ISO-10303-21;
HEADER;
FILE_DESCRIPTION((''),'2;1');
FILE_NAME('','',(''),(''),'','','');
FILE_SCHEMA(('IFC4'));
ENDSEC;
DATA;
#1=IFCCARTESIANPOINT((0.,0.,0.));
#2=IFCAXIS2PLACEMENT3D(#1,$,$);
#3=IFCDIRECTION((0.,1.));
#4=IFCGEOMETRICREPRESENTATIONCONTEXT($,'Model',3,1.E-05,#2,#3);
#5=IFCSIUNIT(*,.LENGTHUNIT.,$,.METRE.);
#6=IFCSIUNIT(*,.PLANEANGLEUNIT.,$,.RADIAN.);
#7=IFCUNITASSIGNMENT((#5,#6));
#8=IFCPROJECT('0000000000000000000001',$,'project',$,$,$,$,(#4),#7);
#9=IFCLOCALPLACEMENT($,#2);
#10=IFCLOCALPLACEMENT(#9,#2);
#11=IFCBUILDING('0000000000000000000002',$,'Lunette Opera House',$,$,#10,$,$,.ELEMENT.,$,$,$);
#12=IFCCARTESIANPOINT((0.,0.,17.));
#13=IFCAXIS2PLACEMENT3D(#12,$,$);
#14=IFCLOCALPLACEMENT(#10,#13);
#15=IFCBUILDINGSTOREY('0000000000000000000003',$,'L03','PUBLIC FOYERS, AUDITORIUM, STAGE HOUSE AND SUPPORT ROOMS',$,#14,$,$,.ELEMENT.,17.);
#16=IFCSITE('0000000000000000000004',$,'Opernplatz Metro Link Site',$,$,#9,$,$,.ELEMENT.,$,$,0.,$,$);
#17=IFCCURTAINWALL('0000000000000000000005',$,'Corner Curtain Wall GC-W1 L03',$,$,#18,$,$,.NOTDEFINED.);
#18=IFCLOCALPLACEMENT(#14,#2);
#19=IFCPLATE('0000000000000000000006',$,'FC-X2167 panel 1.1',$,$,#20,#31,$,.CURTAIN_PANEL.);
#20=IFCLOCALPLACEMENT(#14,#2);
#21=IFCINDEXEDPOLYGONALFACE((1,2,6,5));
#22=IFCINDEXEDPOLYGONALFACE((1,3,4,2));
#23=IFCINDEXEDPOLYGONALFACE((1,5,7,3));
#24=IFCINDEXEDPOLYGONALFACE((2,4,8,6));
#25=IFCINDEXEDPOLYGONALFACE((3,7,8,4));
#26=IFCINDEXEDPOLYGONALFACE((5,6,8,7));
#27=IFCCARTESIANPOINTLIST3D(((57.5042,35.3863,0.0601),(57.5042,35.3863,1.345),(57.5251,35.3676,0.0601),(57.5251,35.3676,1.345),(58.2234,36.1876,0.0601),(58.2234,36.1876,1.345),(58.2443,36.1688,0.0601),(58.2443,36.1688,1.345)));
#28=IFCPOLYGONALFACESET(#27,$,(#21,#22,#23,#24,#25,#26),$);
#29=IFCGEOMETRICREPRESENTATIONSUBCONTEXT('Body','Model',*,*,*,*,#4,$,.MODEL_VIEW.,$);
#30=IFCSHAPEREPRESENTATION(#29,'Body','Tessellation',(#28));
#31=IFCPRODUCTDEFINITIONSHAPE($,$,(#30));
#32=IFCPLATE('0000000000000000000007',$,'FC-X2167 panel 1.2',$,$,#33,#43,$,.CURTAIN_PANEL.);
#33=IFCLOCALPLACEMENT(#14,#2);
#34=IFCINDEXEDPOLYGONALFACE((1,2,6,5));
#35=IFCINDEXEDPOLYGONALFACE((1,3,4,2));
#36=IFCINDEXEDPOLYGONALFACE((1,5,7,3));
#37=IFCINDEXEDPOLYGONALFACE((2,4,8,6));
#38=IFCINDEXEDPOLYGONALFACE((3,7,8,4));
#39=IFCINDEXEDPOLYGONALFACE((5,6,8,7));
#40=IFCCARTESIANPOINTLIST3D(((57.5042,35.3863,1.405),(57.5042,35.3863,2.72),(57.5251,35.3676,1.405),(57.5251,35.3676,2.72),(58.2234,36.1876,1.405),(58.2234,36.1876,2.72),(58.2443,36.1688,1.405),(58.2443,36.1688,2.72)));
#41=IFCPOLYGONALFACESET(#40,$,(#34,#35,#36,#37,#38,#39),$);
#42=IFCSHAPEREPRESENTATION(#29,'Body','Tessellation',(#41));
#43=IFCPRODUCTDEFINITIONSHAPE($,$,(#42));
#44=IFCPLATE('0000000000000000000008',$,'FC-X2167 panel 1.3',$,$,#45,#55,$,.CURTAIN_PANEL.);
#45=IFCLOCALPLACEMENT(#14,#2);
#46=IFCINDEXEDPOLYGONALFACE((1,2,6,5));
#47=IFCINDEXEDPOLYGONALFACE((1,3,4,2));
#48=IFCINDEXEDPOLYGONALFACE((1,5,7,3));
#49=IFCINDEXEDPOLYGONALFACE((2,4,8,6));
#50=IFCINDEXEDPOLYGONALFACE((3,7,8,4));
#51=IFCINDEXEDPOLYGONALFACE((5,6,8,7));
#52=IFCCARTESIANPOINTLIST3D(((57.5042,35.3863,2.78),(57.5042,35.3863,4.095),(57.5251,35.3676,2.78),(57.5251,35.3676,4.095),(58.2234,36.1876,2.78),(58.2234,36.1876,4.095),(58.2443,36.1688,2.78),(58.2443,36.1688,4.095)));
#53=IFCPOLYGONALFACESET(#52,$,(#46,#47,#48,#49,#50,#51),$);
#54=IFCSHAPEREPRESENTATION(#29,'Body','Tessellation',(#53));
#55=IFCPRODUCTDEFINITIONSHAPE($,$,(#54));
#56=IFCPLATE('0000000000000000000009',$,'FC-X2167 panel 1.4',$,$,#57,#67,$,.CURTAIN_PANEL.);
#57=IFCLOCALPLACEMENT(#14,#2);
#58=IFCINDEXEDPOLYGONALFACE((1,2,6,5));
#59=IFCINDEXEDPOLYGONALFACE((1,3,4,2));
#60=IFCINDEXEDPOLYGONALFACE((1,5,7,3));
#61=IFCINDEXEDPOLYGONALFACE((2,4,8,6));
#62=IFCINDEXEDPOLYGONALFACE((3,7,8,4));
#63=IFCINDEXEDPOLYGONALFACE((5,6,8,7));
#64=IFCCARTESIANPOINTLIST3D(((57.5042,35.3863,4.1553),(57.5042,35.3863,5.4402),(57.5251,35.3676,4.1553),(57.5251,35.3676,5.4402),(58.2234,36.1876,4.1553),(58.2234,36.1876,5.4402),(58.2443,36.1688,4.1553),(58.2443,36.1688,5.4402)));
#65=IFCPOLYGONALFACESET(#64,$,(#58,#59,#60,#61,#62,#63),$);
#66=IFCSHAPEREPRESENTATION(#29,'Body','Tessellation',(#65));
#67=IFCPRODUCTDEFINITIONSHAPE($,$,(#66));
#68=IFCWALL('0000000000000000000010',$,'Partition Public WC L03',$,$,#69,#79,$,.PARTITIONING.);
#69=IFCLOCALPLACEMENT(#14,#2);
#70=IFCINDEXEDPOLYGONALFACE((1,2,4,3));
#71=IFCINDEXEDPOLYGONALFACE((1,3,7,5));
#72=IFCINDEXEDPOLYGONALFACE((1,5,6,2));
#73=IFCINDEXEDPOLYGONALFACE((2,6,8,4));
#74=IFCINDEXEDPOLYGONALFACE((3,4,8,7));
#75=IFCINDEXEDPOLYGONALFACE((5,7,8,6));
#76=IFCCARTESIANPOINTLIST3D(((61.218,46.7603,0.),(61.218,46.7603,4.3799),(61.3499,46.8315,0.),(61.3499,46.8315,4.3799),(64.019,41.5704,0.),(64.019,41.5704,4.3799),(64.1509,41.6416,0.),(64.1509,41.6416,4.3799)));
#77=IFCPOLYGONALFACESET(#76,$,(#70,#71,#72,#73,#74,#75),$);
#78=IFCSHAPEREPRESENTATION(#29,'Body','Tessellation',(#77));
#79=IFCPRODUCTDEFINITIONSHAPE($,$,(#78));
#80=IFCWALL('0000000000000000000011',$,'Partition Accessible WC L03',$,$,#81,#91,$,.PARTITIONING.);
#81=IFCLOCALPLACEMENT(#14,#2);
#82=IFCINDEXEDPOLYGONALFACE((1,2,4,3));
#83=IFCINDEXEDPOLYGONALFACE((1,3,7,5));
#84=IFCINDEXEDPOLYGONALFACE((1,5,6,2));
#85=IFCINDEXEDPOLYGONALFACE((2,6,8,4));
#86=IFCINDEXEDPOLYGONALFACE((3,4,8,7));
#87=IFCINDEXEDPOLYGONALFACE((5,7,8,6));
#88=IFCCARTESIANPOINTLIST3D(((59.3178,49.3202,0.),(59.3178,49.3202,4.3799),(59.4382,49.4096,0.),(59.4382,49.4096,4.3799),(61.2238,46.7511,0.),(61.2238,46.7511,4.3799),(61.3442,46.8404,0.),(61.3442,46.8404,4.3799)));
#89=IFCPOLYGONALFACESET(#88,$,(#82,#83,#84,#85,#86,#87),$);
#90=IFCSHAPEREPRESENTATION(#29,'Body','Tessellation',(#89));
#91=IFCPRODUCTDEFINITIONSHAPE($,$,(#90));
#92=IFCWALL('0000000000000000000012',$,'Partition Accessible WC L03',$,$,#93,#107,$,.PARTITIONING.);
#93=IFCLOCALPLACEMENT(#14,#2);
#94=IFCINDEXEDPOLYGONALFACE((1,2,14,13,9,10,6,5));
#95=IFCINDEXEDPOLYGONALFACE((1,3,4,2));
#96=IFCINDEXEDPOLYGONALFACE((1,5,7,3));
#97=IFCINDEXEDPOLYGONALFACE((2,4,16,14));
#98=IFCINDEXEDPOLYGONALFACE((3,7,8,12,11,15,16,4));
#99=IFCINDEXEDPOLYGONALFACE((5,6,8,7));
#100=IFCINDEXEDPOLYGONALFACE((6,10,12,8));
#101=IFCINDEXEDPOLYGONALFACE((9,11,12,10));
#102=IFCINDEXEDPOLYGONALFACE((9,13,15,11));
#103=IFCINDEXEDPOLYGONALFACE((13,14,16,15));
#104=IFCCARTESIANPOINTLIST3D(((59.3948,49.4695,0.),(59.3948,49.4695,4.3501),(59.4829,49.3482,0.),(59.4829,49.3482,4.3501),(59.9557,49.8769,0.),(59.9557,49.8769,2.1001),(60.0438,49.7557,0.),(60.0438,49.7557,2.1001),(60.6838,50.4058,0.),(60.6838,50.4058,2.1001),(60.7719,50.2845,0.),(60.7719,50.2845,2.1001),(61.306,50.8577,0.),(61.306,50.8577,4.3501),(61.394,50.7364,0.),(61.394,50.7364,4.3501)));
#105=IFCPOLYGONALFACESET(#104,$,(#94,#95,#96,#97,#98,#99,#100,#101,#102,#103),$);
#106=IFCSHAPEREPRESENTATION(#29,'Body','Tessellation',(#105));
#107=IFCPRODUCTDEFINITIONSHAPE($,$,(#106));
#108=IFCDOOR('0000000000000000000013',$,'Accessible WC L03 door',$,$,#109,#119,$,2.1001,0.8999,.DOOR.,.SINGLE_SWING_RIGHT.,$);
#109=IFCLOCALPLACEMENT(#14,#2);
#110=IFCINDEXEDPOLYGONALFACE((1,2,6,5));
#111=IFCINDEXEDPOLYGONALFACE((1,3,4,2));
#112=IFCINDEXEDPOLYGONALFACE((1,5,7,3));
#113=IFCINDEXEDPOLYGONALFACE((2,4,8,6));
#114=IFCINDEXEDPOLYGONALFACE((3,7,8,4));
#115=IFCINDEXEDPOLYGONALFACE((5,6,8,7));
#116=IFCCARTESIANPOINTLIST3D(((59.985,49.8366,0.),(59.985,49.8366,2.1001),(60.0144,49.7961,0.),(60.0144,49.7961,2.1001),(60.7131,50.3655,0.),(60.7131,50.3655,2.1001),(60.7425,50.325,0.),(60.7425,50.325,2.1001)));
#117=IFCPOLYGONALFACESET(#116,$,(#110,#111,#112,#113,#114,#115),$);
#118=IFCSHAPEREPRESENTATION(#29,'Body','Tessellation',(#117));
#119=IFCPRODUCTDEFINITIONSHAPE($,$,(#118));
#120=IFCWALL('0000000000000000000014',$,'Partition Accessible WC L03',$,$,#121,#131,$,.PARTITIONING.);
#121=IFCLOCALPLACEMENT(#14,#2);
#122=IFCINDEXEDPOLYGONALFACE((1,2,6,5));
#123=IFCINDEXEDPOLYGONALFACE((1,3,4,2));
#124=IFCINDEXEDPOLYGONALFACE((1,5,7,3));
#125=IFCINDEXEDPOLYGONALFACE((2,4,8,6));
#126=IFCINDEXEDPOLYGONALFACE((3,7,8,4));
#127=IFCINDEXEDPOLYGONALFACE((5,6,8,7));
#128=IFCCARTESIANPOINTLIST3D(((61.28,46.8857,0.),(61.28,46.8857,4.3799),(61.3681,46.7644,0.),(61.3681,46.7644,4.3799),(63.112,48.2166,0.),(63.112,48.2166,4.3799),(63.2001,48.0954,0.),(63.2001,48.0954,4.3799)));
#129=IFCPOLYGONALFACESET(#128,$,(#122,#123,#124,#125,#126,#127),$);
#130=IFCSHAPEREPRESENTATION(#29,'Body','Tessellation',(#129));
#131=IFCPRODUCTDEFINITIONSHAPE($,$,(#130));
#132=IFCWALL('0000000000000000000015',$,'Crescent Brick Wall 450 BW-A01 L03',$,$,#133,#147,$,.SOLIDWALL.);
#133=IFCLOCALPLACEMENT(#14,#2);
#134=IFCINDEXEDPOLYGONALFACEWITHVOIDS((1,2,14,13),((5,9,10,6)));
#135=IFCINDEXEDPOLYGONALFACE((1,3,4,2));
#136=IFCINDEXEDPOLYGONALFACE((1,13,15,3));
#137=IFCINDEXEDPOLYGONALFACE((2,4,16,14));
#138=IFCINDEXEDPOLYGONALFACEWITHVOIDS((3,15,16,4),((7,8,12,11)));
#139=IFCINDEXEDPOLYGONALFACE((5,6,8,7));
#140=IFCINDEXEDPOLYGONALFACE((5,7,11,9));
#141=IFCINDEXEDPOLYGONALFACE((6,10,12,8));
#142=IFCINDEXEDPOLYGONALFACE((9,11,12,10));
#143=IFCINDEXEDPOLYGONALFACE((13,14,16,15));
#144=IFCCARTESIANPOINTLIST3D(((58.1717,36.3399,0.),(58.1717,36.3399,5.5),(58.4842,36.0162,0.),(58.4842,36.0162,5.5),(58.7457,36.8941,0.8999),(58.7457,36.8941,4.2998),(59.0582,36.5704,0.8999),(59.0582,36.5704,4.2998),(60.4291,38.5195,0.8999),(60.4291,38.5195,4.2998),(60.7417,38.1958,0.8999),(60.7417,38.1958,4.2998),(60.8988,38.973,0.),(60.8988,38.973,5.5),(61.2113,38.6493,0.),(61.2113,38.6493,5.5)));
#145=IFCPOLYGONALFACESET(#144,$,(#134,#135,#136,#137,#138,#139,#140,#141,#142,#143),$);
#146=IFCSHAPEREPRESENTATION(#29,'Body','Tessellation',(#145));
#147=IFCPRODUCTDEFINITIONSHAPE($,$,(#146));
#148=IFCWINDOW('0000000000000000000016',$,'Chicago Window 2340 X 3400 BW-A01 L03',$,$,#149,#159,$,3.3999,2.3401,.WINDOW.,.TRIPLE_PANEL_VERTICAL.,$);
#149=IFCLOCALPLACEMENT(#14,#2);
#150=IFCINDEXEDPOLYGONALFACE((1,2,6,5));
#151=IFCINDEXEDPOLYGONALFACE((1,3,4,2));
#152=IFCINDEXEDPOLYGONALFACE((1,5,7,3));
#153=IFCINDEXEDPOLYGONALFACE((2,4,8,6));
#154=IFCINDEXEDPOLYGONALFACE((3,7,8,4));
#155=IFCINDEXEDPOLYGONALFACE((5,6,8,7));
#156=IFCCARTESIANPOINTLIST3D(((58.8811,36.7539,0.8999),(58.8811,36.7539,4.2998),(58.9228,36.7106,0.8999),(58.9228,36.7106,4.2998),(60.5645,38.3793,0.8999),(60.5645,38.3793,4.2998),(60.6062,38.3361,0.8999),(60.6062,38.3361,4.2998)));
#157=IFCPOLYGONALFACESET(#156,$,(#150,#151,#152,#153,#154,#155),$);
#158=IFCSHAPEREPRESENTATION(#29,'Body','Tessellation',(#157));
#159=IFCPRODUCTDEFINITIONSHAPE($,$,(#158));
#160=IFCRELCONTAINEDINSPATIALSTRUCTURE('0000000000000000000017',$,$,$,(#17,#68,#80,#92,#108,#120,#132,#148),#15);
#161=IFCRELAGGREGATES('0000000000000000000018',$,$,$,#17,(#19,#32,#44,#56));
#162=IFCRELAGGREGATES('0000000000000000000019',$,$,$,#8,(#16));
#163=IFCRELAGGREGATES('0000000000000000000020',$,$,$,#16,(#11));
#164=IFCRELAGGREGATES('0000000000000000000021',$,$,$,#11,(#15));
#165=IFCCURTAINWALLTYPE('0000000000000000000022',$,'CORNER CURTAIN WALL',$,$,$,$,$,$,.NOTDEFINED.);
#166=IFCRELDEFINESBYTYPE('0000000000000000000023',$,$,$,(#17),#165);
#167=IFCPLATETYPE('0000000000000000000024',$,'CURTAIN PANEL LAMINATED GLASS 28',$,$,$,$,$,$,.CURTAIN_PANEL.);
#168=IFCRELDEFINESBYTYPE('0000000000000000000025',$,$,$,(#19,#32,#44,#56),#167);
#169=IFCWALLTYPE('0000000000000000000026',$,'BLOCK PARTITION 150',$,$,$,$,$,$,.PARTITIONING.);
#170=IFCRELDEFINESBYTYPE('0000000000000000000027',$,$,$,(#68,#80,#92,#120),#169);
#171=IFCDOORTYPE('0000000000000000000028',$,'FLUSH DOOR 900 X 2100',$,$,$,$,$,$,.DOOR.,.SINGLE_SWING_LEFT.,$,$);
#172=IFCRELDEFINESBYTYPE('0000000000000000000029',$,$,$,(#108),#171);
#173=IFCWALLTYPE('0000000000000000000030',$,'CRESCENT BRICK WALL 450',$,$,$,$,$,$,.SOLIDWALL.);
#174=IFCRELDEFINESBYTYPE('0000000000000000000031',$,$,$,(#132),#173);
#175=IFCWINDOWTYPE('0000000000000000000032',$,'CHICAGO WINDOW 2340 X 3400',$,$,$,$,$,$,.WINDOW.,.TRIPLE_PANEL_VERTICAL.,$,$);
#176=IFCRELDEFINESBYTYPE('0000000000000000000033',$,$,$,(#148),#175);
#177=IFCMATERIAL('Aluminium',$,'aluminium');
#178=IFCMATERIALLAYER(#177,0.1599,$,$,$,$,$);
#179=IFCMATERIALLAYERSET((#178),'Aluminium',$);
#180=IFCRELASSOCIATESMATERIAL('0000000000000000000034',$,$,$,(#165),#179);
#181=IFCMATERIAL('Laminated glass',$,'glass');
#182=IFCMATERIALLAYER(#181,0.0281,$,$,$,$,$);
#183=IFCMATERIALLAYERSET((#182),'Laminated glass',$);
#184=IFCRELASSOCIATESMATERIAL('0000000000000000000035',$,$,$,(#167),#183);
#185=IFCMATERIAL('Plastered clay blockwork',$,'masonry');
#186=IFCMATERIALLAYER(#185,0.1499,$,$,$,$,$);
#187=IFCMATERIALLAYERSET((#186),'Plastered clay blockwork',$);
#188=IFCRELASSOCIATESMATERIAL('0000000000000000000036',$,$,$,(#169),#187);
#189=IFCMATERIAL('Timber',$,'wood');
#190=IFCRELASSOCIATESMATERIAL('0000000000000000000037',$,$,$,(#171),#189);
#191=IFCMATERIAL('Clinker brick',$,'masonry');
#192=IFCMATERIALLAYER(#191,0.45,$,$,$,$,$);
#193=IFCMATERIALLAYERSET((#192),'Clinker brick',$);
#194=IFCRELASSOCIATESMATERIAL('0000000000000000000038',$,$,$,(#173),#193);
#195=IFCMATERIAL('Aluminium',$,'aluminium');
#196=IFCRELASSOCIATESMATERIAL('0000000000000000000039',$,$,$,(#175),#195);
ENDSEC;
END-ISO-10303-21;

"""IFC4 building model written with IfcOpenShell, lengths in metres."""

from ifc_helpers import new_model, si_unit, direction, frame, frame_2d, origin, origin_2d, place, context, subcontext, project, spatial, rectangle, extrude, material, layer, layer_set, type_object, element, fill, aggregate, save


model = new_model("IFC4")

# Units and contexts
model_context = context("Model", 3, precision=1e-05, world=origin(), true_north=direction((0.0, 1.0)))
body_context = subcontext(model_context, "Body", "Model", "MODEL_VIEW")
ifc_project = project(units=[si_unit("LENGTHUNIT", "METRE"), si_unit("PLANEANGLEUNIT", "RADIAN")], contexts=[model_context])

# Site, building, storey
site_placement = place(None, origin())
site = spatial("IfcSite", under=ifc_project, at=site_placement, Name="Opernplatz Metro Link Site", CompositionType="ELEMENT", RefElevation=0.0)
building_placement = place(site_placement, origin())
building = spatial("IfcBuilding", under=site, at=building_placement, Name="Lunette Opera House", CompositionType="ELEMENT")
storey_placement = place(building_placement, frame((0.0, 0.0, 17.0)))
storey = spatial("IfcBuildingStorey", under=building, at=storey_placement, Name="L03", Description="PUBLIC FOYERS, AUDITORIUM, STAGE HOUSE AND SUPPORT ROOMS", CompositionType="ELEMENT", Elevation=17.0)

# Curtain wall
ifc_material_1 = material(Name="Aluminium", Category="aluminium")
ifc_layer_1 = layer(ifc_material_1, 0.1599)
ifc_layer_set_1 = layer_set([ifc_layer_1], Name="Aluminium")
curtain_wall_type = type_object("IfcCurtainWallType", Name="CORNER CURTAIN WALL", PredefinedType="NOTDEFINED", material=ifc_layer_set_1)
curtain_wall_placement = place(storey_placement, origin())
curtain_wall = element("IfcCurtainWall", 1, at=curtain_wall_placement, inside=storey, type_object=curtain_wall_type, Name="Corner Curtain Wall GC-W1 L03", PredefinedType="NOTDEFINED")

# Plates
ifc_material_2 = material(Name="Laminated glass", Category="glass")
ifc_layer_2 = layer(ifc_material_2, 0.0281)
ifc_layer_set_2 = layer_set([ifc_layer_2], Name="Laminated glass")
plate_type = type_object("IfcPlateType", Name="CURTAIN PANEL LAMINATED GLASS 28", PredefinedType="CURTAIN_PANEL", material=ifc_layer_set_2)
plate_1_placement = place(storey_placement, frame((57.8743, 35.7776, 0.0601), z_axis=(0.0, 0.0, 1.0), x_axis=(-0.667938, -0.744217, 0.0)))
plate_1 = element("IfcPlate", 2, at=plate_1_placement, type_object=plate_type, Name="FC-X2167 panel 1.1", PredefinedType="CURTAIN_PANEL", context=body_context, shape_type="SweptSolid", body=[
    extrude(rectangle(XDim=1.0767, YDim=0.0281, at=origin_2d()), origin(), (0.0, 0.0, 1.0), 1.2849),
])
plate_2_placement = place(storey_placement, frame((57.8743, 35.7776, 1.405), z_axis=(0.0, 0.0, 1.0), x_axis=(-0.667938, -0.744217, 0.0)))
plate_2 = element("IfcPlate", 3, at=plate_2_placement, type_object=plate_type, Name="FC-X2167 panel 1.2", PredefinedType="CURTAIN_PANEL", context=body_context, shape_type="SweptSolid", body=[
    extrude(rectangle(XDim=1.0767, YDim=0.0281, at=origin_2d()), origin(), (0.0, 0.0, 1.0), 1.3149),
])
plate_3_placement = place(storey_placement, frame((57.8743, 35.7776, 2.78), z_axis=(0.0, 0.0, 1.0), x_axis=(-0.667938, -0.744217, 0.0)))
plate_3 = element("IfcPlate", 4, at=plate_3_placement, type_object=plate_type, Name="FC-X2167 panel 1.3", PredefinedType="CURTAIN_PANEL", context=body_context, shape_type="SweptSolid", body=[
    extrude(rectangle(XDim=1.0767, YDim=0.0281, at=origin_2d()), origin(), (0.0, 0.0, 1.0), 1.3149),
])
plate_4_placement = place(storey_placement, frame((57.8743, 35.7776, 4.1553), z_axis=(0.0, 0.0, 1.0), x_axis=(-0.667938, -0.744217, 0.0)))
plate_4 = element("IfcPlate", 5, at=plate_4_placement, type_object=plate_type, Name="FC-X2167 panel 1.4", PredefinedType="CURTAIN_PANEL", context=body_context, shape_type="SweptSolid", body=[
    extrude(rectangle(XDim=1.0767, YDim=0.0281, at=origin_2d()), origin(), (0.0, 0.0, 1.0), 1.2849),
])
aggregate(curtain_wall, [plate_1, plate_2, plate_3, plate_4])

# Walls
ifc_material_3 = material(Name="Plastered clay blockwork", Category="masonry")
ifc_layer_3 = layer(ifc_material_3, 0.1499)
ifc_layer_set_3 = layer_set([ifc_layer_3], Name="Plastered clay blockwork")
wall_type_1 = type_object("IfcWallType", Name="BLOCK PARTITION 150", PredefinedType="PARTITIONING", material=ifc_layer_set_3)
wall_1_placement = place(storey_placement, frame((61.2839, 46.7959, 0.0), z_axis=(0.0, 0.0, 1.0), x_axis=(0.474946, -0.880015, 0.0)))
element("IfcWall", 6, at=wall_1_placement, inside=storey, type_object=wall_type_1, Name="Partition Public WC L03", PredefinedType="PARTITIONING", context=body_context, shape_type="SweptSolid", body=[
    extrude(rectangle(XDim=5.8975, YDim=0.1499, at=frame_2d((2.9487, 0.0))), origin(), (0.0, 0.0, 1.0), 4.3799),
])
wall_2_placement = place(storey_placement, frame((59.3779, 49.365, 0.0), z_axis=(0.0, 0.0, 1.0), x_axis=(0.595828, -0.803112, 0.0)))
element("IfcWall", 7, at=wall_2_placement, inside=storey, type_object=wall_type_1, Name="Partition Accessible WC L03", PredefinedType="PARTITIONING", context=body_context, shape_type="SweptSolid", body=[
    extrude(rectangle(XDim=3.199, YDim=0.1499, at=frame_2d((1.5996, 0.0))), origin(), (0.0, 0.0, 1.0), 4.3799),
])

# Wall, opening, door
wall_3_placement = place(storey_placement, frame((61.3501, 50.7971, 0.0), z_axis=(0.0, 0.0, 1.0), x_axis=(-0.809085, -0.587692, 0.0)))
wall_3 = element("IfcWall", 8, at=wall_3_placement, inside=storey, type_object=wall_type_1, Name="Partition Accessible WC L03", PredefinedType="PARTITIONING", context=body_context, shape_type="SweptSolid", body=[
    extrude(rectangle(XDim=2.3621, YDim=0.1499, at=frame_2d((1.1812, 0.0))), origin(), (0.0, 0.0, 1.0), 4.3501),
])
opening_1_placement = place(wall_3_placement, frame((0.769, 0.0, 0.0)))
opening_1 = element("IfcOpeningElement", 9, at=opening_1_placement, cuts=wall_3, PredefinedType="OPENING", context=body_context, shape_type="SweptSolid", body=[
    extrude(rectangle(XDim=0.8999, YDim=2.1001, at=frame_2d((0.45, 1.05))), frame((0.0, 0.0869, 0.0), z_axis=(0.0, -1.0, 0.0), x_axis=(1.0, 0.0, 0.0)), (0.0, 0.0, 1.0), 0.1738),
])
ifc_material_4 = material(Name="Timber", Category="wood")
door_type = type_object("IfcDoorType", Name="FLUSH DOOR 900 X 2100", OperationType="SINGLE_SWING_LEFT", PredefinedType="DOOR", material=ifc_material_4)
door_placement = place(opening_1_placement, origin())
door = element("IfcDoor", 10, at=door_placement, inside=storey, type_object=door_type, Name="Accessible WC L03 door", OperationType="SINGLE_SWING_RIGHT", OverallHeight=2.1001, OverallWidth=0.8999, PredefinedType="DOOR", context=body_context, shape_type="SweptSolid", body=[
    extrude(rectangle(XDim=0.8999, YDim=2.1001, at=frame_2d((0.45, 1.05))), frame((0.0, 0.0249, 0.0), z_axis=(0.0, -1.0, 0.0), x_axis=(1.0, 0.0, 0.0)), (0.0, 0.0, 1.0), 0.05),
])
fill(opening_1, door)

# Wall
wall_4_placement = place(storey_placement, frame((61.324, 46.825, 0.0), z_axis=(0.0, 0.0, 1.0), x_axis=(0.809016, 0.587787, 0.0)))
element("IfcWall", 11, at=wall_4_placement, inside=storey, type_object=wall_type_1, Name="Partition Accessible WC L03", PredefinedType="PARTITIONING", context=body_context, shape_type="SweptSolid", body=[
    extrude(rectangle(XDim=2.2644, YDim=0.1499, at=frame_2d((1.1323, 0.0))), origin(), (0.0, 0.0, 1.0), 4.3799),
])

# Wall, opening, window
ifc_material_5 = material(Name="Clinker brick", Category="masonry")
ifc_layer_4 = layer(ifc_material_5, 0.45)
ifc_layer_set_4 = layer_set([ifc_layer_4], Name="Clinker brick")
wall_type_2 = type_object("IfcWallType", Name="CRESCENT BRICK WALL 450", PredefinedType="SOLIDWALL", material=ifc_layer_set_4)
wall_5_placement = place(storey_placement, frame((58.3279, 36.178, 0.0), z_axis=(0.0, 0.0, 1.0), x_axis=(0.719396, 0.6946, 0.0)))
wall_5 = element("IfcWall", 12, at=wall_5_placement, inside=storey, type_object=wall_type_2, Name="Crescent Brick Wall 450 BW-A01 L03", PredefinedType="SOLIDWALL", context=body_context, shape_type="SweptSolid", body=[
    extrude(rectangle(XDim=3.7908, YDim=0.45, at=frame_2d((1.8955, 0.0))), origin(), (0.0, 0.0, 1.0), 5.5),
])
opening_2_placement = place(wall_5_placement, frame((0.7981, 0.0, 0.8999)))
opening_2 = element("IfcOpeningElement", 13, at=opening_2_placement, cuts=wall_5, PredefinedType="OPENING", context=body_context, shape_type="SweptSolid", body=[
    extrude(rectangle(XDim=2.3401, YDim=3.3999, at=frame_2d((1.1699, 1.7))), frame((0.0, 0.2371, 0.0), z_axis=(0.0, -1.0, 0.0), x_axis=(1.0, 0.0, 0.0)), (0.0, 0.0, 1.0), 0.4739),
])
ifc_material_6 = material(Name="Aluminium", Category="aluminium")
window_type = type_object("IfcWindowType", Name="CHICAGO WINDOW 2340 X 3400", PartitioningType="TRIPLE_PANEL_VERTICAL", PredefinedType="WINDOW", material=ifc_material_6)
window_1_placement = place(opening_2_placement, origin())
window_1 = element("IfcWindow", 14, at=window_1_placement, inside=storey, type_object=window_type, Name="Chicago Window 2340 X 3400 BW-A01 L03", OverallHeight=3.3999, OverallWidth=2.3401, PartitioningType="TRIPLE_PANEL_VERTICAL", PredefinedType="WINDOW", context=body_context, shape_type="SweptSolid", body=[
    extrude(rectangle(XDim=2.3401, YDim=3.3999, at=frame_2d((1.1699, 1.7))), frame((0.0, 0.03, 0.0), z_axis=(0.0, -1.0, 0.0), x_axis=(1.0, 0.0, 0.0)), (0.0, 0.0, 1.0), 0.0601),
])
fill(opening_2, window_1)

save(model, "model.ifc")
